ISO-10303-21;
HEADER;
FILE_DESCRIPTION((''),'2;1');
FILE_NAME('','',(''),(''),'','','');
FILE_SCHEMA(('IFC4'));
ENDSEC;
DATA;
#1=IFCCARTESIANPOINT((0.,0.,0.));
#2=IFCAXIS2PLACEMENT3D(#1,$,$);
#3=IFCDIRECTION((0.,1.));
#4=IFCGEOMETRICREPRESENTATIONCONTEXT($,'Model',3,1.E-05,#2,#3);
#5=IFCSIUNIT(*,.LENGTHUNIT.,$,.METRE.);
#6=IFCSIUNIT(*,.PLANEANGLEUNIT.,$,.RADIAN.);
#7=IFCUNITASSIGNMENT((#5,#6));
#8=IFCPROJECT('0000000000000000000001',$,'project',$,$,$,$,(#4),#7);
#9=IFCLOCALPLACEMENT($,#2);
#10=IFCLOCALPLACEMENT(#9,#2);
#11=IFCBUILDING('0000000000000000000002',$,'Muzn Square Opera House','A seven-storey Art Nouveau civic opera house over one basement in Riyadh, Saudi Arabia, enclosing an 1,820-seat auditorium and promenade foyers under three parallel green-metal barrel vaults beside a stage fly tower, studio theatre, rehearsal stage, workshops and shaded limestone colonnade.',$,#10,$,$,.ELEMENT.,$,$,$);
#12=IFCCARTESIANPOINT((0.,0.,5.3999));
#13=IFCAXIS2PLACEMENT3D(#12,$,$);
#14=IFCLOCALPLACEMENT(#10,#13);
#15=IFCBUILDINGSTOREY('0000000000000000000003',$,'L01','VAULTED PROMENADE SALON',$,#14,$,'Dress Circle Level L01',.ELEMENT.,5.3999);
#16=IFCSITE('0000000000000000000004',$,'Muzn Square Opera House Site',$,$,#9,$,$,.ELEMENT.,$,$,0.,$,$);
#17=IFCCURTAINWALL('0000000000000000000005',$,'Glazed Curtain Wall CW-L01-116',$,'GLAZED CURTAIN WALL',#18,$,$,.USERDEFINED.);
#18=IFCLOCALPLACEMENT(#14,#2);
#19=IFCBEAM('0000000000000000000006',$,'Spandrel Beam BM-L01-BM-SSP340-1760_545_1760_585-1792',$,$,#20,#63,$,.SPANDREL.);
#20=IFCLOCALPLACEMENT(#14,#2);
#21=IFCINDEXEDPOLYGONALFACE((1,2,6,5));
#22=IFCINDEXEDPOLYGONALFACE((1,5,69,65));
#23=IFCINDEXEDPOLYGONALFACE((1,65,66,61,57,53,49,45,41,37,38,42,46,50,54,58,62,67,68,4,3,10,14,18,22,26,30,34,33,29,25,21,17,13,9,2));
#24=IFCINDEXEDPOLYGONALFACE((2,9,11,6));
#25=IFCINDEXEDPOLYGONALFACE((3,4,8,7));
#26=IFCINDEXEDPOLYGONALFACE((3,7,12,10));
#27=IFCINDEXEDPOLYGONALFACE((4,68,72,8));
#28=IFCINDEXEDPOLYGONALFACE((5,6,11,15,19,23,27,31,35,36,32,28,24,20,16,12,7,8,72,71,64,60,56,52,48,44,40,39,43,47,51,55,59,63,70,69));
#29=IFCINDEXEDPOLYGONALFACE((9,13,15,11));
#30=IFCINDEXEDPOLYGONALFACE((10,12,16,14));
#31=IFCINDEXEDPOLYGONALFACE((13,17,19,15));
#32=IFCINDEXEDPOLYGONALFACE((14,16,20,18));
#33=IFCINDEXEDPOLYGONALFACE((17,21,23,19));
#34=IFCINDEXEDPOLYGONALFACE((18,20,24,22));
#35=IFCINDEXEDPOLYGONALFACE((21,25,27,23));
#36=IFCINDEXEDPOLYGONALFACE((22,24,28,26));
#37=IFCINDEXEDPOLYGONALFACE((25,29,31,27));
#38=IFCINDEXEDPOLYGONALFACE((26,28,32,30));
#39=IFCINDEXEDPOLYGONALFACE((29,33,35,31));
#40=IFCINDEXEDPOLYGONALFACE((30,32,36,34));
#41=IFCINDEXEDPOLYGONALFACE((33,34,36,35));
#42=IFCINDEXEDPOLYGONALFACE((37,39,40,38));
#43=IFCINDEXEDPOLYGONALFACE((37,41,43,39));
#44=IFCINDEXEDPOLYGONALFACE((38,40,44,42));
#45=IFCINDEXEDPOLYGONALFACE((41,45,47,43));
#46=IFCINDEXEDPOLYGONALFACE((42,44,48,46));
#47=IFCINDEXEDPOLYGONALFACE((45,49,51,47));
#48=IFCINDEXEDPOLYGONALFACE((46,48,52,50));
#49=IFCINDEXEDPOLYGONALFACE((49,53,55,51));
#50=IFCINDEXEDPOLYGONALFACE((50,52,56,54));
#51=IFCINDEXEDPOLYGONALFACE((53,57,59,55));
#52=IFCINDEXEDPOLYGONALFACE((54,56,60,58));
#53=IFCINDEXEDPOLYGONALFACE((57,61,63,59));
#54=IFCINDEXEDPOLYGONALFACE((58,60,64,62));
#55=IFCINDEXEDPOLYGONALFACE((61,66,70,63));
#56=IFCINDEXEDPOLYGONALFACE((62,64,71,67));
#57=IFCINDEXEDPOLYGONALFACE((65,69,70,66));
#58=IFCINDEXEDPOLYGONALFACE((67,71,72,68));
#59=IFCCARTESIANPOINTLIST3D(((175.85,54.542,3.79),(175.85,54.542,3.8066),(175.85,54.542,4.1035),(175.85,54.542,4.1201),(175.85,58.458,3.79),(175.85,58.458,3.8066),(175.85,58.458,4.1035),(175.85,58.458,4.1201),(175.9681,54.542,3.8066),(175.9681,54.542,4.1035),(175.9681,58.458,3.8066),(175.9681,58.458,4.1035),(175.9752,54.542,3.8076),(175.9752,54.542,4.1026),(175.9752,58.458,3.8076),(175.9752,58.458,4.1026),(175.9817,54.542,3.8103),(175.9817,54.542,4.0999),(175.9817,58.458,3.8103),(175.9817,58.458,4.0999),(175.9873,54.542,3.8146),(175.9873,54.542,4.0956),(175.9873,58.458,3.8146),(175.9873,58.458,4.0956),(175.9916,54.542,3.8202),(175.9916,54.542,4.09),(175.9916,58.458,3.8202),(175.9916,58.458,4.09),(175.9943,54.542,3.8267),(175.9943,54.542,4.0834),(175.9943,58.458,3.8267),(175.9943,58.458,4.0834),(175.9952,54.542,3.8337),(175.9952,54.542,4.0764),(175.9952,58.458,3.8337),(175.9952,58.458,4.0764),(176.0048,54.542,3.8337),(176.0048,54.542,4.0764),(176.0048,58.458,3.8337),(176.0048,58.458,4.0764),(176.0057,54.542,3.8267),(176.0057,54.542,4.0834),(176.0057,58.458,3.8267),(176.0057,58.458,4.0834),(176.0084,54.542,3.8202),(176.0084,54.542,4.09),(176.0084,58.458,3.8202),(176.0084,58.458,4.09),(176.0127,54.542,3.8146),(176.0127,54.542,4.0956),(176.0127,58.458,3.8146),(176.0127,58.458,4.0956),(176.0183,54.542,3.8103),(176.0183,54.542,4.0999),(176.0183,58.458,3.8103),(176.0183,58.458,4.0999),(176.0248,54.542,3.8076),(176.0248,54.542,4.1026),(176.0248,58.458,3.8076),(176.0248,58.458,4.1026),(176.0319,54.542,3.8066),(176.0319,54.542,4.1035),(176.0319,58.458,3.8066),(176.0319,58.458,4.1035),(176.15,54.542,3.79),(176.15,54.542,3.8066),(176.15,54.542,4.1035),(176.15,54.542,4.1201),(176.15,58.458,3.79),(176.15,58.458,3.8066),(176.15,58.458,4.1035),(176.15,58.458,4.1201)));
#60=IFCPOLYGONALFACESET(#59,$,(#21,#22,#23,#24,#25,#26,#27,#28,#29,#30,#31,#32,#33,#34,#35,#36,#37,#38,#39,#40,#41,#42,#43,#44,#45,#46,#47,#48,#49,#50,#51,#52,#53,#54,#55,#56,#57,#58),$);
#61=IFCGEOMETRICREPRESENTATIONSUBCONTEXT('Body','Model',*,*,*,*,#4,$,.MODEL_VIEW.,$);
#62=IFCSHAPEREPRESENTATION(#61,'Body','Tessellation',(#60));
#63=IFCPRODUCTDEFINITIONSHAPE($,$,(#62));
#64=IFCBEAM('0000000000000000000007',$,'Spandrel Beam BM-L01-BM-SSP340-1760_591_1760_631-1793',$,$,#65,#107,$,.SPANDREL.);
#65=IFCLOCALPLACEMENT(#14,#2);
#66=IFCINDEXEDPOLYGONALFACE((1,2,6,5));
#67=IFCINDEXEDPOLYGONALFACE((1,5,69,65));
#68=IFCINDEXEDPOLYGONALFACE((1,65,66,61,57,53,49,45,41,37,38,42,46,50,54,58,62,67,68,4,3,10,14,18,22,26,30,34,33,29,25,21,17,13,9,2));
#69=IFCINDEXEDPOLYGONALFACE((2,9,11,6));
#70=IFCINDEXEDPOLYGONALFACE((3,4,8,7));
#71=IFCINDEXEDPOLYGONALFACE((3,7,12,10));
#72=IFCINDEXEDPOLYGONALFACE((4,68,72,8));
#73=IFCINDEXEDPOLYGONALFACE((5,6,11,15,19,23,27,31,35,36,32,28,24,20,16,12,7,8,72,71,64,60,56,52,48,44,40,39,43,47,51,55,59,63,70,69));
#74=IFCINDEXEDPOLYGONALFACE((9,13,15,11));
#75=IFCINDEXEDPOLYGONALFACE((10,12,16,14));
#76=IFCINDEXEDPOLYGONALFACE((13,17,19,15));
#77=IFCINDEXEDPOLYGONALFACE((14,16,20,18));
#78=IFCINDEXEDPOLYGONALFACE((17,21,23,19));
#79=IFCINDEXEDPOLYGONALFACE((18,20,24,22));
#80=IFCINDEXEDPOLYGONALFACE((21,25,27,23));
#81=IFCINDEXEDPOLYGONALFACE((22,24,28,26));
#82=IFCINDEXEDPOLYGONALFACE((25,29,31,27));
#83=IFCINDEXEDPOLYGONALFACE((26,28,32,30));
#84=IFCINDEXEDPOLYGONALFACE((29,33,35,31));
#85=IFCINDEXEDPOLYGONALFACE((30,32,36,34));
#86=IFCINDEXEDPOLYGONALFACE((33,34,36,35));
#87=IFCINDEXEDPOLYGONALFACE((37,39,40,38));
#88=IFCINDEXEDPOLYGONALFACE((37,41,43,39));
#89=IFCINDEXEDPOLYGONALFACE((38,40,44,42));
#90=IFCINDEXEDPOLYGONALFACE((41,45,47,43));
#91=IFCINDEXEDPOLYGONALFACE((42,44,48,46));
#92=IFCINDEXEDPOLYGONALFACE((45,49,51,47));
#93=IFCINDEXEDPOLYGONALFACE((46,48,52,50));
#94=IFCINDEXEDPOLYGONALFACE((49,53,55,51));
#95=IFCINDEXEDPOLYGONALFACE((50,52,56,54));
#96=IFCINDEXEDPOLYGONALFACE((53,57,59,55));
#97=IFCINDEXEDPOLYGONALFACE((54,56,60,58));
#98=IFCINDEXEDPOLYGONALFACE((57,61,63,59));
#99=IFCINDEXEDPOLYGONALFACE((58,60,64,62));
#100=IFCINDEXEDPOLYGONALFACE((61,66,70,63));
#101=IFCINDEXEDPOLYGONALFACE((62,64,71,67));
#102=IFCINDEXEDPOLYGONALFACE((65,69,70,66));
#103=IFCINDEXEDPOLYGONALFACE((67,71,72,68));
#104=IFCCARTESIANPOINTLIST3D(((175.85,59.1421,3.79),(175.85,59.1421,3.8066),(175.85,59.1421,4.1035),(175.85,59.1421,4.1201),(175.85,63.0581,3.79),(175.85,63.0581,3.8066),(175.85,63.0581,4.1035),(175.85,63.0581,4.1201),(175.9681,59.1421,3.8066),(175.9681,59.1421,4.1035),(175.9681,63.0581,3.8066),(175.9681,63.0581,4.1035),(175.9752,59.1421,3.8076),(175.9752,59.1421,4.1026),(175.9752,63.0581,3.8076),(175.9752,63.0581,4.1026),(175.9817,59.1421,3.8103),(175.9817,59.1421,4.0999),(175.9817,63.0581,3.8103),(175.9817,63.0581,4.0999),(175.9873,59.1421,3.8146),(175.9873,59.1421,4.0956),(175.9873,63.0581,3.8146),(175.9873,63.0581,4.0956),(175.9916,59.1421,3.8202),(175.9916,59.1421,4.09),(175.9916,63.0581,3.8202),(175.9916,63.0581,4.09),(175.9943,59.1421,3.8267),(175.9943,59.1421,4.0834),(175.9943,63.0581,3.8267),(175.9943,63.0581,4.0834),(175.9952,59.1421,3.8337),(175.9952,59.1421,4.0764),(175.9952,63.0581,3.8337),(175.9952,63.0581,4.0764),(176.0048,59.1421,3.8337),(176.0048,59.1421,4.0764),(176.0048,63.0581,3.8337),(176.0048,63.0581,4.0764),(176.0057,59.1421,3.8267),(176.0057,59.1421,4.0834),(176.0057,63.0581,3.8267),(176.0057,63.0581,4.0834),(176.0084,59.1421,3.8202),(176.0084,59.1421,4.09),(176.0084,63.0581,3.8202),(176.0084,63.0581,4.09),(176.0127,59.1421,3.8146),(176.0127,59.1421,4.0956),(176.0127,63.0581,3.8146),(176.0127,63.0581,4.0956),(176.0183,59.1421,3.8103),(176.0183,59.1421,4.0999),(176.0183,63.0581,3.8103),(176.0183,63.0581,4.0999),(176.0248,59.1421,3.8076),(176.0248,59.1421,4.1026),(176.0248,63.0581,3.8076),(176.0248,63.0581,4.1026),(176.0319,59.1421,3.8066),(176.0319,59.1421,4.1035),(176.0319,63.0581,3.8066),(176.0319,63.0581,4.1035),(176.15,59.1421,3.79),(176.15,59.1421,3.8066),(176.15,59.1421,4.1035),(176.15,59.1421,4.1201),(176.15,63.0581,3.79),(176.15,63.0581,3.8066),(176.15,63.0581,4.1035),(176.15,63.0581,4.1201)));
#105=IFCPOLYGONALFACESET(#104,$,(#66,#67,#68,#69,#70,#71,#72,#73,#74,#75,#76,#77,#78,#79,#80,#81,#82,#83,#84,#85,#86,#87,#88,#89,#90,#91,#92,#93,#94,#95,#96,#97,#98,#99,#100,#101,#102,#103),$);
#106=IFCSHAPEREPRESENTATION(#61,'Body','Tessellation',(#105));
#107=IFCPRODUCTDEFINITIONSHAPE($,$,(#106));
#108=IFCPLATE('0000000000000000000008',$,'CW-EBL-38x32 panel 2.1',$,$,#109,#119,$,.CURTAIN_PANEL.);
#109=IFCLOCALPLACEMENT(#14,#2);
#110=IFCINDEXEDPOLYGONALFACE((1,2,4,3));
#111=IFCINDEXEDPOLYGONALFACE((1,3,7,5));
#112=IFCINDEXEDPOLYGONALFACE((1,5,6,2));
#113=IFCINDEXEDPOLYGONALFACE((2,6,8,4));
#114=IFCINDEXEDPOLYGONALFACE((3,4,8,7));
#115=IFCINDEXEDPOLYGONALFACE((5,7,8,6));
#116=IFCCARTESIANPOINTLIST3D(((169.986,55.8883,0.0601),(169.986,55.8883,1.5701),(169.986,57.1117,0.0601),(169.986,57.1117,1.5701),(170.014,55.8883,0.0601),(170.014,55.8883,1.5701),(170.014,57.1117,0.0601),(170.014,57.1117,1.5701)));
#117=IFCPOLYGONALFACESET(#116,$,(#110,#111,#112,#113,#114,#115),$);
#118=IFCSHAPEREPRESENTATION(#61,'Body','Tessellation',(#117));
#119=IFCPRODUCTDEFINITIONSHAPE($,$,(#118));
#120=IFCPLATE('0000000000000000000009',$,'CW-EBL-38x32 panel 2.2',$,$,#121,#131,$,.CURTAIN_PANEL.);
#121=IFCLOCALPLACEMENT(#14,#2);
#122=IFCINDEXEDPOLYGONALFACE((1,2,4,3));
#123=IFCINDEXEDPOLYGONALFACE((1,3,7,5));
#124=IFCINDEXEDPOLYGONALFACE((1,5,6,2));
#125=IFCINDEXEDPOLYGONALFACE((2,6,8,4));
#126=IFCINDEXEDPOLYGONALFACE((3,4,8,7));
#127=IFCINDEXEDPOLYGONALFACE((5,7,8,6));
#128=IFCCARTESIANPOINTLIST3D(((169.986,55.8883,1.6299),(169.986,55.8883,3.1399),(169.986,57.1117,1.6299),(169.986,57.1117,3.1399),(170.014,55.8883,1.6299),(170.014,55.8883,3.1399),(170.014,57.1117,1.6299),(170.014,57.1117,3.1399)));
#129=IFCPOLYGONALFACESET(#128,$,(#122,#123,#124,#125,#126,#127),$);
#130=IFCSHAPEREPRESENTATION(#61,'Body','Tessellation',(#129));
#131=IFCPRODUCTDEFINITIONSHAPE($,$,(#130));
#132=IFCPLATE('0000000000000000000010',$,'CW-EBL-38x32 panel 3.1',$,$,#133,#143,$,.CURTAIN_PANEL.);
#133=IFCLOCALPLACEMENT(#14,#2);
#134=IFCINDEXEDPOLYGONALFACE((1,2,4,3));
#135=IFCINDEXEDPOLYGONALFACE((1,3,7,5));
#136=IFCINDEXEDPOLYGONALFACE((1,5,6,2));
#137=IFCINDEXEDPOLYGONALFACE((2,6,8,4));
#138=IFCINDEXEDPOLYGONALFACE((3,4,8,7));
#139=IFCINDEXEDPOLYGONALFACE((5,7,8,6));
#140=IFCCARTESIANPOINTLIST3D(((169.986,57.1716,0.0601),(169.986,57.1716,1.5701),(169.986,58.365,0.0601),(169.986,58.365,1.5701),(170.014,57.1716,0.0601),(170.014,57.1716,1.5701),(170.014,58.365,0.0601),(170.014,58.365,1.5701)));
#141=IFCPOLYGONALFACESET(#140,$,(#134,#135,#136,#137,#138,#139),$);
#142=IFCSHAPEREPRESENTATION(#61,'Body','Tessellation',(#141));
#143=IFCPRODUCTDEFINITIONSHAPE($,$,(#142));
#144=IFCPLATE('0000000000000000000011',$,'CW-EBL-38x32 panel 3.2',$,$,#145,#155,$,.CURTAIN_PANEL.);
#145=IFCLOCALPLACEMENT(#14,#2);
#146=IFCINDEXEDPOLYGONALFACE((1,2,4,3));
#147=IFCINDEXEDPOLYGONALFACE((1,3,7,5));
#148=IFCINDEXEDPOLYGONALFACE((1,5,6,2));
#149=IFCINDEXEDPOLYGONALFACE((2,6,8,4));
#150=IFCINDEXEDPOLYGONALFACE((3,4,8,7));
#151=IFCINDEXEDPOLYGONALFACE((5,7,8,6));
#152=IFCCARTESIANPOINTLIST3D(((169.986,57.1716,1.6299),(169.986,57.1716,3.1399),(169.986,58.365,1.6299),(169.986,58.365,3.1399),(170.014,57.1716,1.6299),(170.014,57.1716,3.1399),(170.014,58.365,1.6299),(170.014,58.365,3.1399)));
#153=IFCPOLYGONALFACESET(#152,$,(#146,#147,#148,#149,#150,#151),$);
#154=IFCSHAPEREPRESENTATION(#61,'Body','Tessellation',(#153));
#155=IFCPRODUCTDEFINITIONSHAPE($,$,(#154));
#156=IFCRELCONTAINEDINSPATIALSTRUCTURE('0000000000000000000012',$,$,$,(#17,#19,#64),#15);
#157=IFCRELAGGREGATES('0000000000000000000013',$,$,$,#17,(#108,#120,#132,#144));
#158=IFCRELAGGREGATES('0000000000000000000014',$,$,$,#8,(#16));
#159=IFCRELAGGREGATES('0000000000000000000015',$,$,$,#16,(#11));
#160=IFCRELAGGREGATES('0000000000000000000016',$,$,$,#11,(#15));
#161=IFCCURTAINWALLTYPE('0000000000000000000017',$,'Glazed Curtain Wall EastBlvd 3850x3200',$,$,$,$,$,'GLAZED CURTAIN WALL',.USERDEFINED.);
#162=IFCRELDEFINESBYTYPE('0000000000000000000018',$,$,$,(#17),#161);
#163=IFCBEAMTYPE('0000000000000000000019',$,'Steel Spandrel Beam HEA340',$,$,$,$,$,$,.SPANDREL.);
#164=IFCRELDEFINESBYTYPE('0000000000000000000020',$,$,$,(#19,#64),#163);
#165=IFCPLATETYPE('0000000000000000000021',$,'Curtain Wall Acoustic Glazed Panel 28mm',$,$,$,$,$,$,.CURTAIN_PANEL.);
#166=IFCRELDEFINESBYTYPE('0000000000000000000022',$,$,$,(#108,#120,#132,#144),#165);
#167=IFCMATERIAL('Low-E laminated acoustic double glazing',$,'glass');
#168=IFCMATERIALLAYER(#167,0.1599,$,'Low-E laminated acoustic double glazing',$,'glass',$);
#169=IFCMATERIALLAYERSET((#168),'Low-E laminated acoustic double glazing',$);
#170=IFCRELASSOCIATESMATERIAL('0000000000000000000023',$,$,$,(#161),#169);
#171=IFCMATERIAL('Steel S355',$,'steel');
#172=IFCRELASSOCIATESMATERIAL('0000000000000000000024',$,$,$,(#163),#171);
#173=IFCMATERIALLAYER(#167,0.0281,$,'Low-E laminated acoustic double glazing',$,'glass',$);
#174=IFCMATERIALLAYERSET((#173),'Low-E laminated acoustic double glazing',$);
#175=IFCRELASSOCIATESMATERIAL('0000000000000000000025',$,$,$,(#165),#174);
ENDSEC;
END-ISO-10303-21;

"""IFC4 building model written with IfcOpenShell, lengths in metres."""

from ifc_helpers import new_model, si_unit, direction, frame, origin, origin_2d, place, context, subcontext, project, spatial, rectangle, i_section, extrude, material, layer, layer_set, material_profile, profile_set, type_object, element, aggregate, save


model = new_model("IFC4")

# Units and contexts
model_context = context("Model", 3, precision=1e-05, world=origin(), true_north=direction((0.0, 1.0)))
body_context = subcontext(model_context, "Body", "Model", "MODEL_VIEW")
ifc_project = project(units=[si_unit("LENGTHUNIT", "METRE"), si_unit("PLANEANGLEUNIT", "RADIAN")], contexts=[model_context])

# Site, building, storey
site_placement = place(None, origin())
site = spatial("IfcSite", under=ifc_project, at=site_placement, Name="Muzn Square Opera House Site", CompositionType="ELEMENT", RefElevation=0.0)
building_placement = place(site_placement, origin())
building = spatial("IfcBuilding", under=site, at=building_placement, Name="Muzn Square Opera House", Description="A seven-storey Art Nouveau civic opera house over one basement in Riyadh, Saudi Arabia, enclosing an 1,820-seat auditorium and promenade foyers under three parallel green-metal barrel vaults beside a stage fly tower, studio theatre, rehearsal stage, workshops and shaded limestone colonnade.", CompositionType="ELEMENT")
storey_placement = place(building_placement, frame((0.0, 0.0, 5.3999)))
storey = spatial("IfcBuildingStorey", under=building, at=storey_placement, Name="L01", Description="VAULTED PROMENADE SALON", LongName="Dress Circle Level L01", CompositionType="ELEMENT", Elevation=5.3999)

# Curtain wall
ifc_material_1 = material(Name="Low-E laminated acoustic double glazing", Category="glass")
ifc_layer_1 = layer(ifc_material_1, 0.1599, Name="Low-E laminated acoustic double glazing", Category="glass")
ifc_layer_set_1 = layer_set([ifc_layer_1], Name="Low-E laminated acoustic double glazing")
curtain_wall_type = type_object("IfcCurtainWallType", Name="Glazed Curtain Wall EastBlvd 3850x3200", ElementType="GLAZED CURTAIN WALL", PredefinedType="USERDEFINED", material=ifc_layer_set_1)
curtain_wall_1_placement = place(storey_placement, origin())
curtain_wall_1 = element("IfcCurtainWall", 1, at=curtain_wall_1_placement, inside=storey, type_object=curtain_wall_type, Name="Glazed Curtain Wall CW-L01-116", ObjectType="GLAZED CURTAIN WALL", PredefinedType="USERDEFINED")

# Beams
ifc_material_2 = material(Name="Steel S355", Category="steel")
ifc_material_profile_1 = material_profile(ifc_material_2, i_section(OverallWidth=0.3, OverallDepth=0.3301, WebThickness=0.0095, FlangeThickness=0.0166, FilletRadius=0.0271, at=origin_2d()), Name="HEA 340", Category="steel")
ifc_profile_set_1 = profile_set([ifc_material_profile_1], Name="Steel S355")
beam_type_1 = type_object("IfcBeamType", Name="Steel Spandrel Beam HEA340", PredefinedType="SPANDREL", material=ifc_profile_set_1)
for number, where, z_axis, x_axis, name in (
    (2, (176.0, 54.542, 3.9551), (0.0, 1.0, 0.0), (-1.0, 0.0, 0.0), "Spandrel Beam BM-L01-BM-SSP340-1760_545_1760_585-1792"),
    (3, (176.0, 59.1421, 3.9551), (0.0, 1.0, 0.0), (-1.0, 0.0, 0.0), "Spandrel Beam BM-L01-BM-SSP340-1760_591_1760_631-1793"),
):
    element("IfcBeam", number, at=place(storey_placement, frame(where, z_axis=z_axis, x_axis=x_axis)), inside=storey, type_object=beam_type_1, Name=name, PredefinedType="SPANDREL", context=body_context, shape_type="SweptSolid", body=[
        extrude(i_section(OverallWidth=0.3, OverallDepth=0.3301, WebThickness=0.0095, FlangeThickness=0.0166, FilletRadius=0.0271, at=origin_2d()), origin(), (0.0, 0.0, 1.0), 3.916),
    ])

# Plates
ifc_layer_2 = layer(ifc_material_1, 0.0281, Name="Low-E laminated acoustic double glazing", Category="glass")
ifc_layer_set_2 = layer_set([ifc_layer_2], Name="Low-E laminated acoustic double glazing")
plate_type = type_object("IfcPlateType", Name="Curtain Wall Acoustic Glazed Panel 28mm", PredefinedType="CURTAIN_PANEL", material=ifc_layer_set_2)
plate_1_placement = place(storey_placement, frame((170.0, 56.5, 0.0601), z_axis=(0.0, 0.0, 1.0), x_axis=(0.0, 1.0, 0.0)))
plate_1 = element("IfcPlate", 4, at=plate_1_placement, type_object=plate_type, Name="CW-EBL-38x32 panel 2.1", PredefinedType="CURTAIN_PANEL", context=body_context, shape_type="SweptSolid", body=[
    extrude(rectangle(XDim=1.2234, YDim=0.0281, at=origin_2d()), origin(), (0.0, 0.0, 1.0), 1.51),
])
plate_2_placement = place(storey_placement, frame((170.0, 56.5, 1.6299), z_axis=(0.0, 0.0, 1.0), x_axis=(0.0, 1.0, 0.0)))
plate_2 = element("IfcPlate", 5, at=plate_2_placement, type_object=plate_type, Name="CW-EBL-38x32 panel 2.2", PredefinedType="CURTAIN_PANEL", context=body_context, shape_type="SweptSolid", body=[
    extrude(rectangle(XDim=1.2234, YDim=0.0281, at=origin_2d()), origin(), (0.0, 0.0, 1.0), 1.51),
])
plate_3_placement = place(storey_placement, frame((170.0, 57.7683, 0.0601), z_axis=(0.0, 0.0, 1.0), x_axis=(0.0, 1.0, 0.0)))
plate_3 = element("IfcPlate", 6, at=plate_3_placement, type_object=plate_type, Name="CW-EBL-38x32 panel 3.1", PredefinedType="CURTAIN_PANEL", context=body_context, shape_type="SweptSolid", body=[
    extrude(rectangle(XDim=1.1934, YDim=0.0281, at=origin_2d()), origin(), (0.0, 0.0, 1.0), 1.51),
])
plate_4_placement = place(storey_placement, frame((170.0, 57.7683, 1.6299), z_axis=(0.0, 0.0, 1.0), x_axis=(0.0, 1.0, 0.0)))
plate_4 = element("IfcPlate", 7, at=plate_4_placement, type_object=plate_type, Name="CW-EBL-38x32 panel 3.2", PredefinedType="CURTAIN_PANEL", context=body_context, shape_type="SweptSolid", body=[
    extrude(rectangle(XDim=1.1934, YDim=0.0281, at=origin_2d()), origin(), (0.0, 0.0, 1.0), 1.51),
])
aggregate(curtain_wall_1, [plate_1, plate_2, plate_3, plate_4])

save(model, "model.ifc")
